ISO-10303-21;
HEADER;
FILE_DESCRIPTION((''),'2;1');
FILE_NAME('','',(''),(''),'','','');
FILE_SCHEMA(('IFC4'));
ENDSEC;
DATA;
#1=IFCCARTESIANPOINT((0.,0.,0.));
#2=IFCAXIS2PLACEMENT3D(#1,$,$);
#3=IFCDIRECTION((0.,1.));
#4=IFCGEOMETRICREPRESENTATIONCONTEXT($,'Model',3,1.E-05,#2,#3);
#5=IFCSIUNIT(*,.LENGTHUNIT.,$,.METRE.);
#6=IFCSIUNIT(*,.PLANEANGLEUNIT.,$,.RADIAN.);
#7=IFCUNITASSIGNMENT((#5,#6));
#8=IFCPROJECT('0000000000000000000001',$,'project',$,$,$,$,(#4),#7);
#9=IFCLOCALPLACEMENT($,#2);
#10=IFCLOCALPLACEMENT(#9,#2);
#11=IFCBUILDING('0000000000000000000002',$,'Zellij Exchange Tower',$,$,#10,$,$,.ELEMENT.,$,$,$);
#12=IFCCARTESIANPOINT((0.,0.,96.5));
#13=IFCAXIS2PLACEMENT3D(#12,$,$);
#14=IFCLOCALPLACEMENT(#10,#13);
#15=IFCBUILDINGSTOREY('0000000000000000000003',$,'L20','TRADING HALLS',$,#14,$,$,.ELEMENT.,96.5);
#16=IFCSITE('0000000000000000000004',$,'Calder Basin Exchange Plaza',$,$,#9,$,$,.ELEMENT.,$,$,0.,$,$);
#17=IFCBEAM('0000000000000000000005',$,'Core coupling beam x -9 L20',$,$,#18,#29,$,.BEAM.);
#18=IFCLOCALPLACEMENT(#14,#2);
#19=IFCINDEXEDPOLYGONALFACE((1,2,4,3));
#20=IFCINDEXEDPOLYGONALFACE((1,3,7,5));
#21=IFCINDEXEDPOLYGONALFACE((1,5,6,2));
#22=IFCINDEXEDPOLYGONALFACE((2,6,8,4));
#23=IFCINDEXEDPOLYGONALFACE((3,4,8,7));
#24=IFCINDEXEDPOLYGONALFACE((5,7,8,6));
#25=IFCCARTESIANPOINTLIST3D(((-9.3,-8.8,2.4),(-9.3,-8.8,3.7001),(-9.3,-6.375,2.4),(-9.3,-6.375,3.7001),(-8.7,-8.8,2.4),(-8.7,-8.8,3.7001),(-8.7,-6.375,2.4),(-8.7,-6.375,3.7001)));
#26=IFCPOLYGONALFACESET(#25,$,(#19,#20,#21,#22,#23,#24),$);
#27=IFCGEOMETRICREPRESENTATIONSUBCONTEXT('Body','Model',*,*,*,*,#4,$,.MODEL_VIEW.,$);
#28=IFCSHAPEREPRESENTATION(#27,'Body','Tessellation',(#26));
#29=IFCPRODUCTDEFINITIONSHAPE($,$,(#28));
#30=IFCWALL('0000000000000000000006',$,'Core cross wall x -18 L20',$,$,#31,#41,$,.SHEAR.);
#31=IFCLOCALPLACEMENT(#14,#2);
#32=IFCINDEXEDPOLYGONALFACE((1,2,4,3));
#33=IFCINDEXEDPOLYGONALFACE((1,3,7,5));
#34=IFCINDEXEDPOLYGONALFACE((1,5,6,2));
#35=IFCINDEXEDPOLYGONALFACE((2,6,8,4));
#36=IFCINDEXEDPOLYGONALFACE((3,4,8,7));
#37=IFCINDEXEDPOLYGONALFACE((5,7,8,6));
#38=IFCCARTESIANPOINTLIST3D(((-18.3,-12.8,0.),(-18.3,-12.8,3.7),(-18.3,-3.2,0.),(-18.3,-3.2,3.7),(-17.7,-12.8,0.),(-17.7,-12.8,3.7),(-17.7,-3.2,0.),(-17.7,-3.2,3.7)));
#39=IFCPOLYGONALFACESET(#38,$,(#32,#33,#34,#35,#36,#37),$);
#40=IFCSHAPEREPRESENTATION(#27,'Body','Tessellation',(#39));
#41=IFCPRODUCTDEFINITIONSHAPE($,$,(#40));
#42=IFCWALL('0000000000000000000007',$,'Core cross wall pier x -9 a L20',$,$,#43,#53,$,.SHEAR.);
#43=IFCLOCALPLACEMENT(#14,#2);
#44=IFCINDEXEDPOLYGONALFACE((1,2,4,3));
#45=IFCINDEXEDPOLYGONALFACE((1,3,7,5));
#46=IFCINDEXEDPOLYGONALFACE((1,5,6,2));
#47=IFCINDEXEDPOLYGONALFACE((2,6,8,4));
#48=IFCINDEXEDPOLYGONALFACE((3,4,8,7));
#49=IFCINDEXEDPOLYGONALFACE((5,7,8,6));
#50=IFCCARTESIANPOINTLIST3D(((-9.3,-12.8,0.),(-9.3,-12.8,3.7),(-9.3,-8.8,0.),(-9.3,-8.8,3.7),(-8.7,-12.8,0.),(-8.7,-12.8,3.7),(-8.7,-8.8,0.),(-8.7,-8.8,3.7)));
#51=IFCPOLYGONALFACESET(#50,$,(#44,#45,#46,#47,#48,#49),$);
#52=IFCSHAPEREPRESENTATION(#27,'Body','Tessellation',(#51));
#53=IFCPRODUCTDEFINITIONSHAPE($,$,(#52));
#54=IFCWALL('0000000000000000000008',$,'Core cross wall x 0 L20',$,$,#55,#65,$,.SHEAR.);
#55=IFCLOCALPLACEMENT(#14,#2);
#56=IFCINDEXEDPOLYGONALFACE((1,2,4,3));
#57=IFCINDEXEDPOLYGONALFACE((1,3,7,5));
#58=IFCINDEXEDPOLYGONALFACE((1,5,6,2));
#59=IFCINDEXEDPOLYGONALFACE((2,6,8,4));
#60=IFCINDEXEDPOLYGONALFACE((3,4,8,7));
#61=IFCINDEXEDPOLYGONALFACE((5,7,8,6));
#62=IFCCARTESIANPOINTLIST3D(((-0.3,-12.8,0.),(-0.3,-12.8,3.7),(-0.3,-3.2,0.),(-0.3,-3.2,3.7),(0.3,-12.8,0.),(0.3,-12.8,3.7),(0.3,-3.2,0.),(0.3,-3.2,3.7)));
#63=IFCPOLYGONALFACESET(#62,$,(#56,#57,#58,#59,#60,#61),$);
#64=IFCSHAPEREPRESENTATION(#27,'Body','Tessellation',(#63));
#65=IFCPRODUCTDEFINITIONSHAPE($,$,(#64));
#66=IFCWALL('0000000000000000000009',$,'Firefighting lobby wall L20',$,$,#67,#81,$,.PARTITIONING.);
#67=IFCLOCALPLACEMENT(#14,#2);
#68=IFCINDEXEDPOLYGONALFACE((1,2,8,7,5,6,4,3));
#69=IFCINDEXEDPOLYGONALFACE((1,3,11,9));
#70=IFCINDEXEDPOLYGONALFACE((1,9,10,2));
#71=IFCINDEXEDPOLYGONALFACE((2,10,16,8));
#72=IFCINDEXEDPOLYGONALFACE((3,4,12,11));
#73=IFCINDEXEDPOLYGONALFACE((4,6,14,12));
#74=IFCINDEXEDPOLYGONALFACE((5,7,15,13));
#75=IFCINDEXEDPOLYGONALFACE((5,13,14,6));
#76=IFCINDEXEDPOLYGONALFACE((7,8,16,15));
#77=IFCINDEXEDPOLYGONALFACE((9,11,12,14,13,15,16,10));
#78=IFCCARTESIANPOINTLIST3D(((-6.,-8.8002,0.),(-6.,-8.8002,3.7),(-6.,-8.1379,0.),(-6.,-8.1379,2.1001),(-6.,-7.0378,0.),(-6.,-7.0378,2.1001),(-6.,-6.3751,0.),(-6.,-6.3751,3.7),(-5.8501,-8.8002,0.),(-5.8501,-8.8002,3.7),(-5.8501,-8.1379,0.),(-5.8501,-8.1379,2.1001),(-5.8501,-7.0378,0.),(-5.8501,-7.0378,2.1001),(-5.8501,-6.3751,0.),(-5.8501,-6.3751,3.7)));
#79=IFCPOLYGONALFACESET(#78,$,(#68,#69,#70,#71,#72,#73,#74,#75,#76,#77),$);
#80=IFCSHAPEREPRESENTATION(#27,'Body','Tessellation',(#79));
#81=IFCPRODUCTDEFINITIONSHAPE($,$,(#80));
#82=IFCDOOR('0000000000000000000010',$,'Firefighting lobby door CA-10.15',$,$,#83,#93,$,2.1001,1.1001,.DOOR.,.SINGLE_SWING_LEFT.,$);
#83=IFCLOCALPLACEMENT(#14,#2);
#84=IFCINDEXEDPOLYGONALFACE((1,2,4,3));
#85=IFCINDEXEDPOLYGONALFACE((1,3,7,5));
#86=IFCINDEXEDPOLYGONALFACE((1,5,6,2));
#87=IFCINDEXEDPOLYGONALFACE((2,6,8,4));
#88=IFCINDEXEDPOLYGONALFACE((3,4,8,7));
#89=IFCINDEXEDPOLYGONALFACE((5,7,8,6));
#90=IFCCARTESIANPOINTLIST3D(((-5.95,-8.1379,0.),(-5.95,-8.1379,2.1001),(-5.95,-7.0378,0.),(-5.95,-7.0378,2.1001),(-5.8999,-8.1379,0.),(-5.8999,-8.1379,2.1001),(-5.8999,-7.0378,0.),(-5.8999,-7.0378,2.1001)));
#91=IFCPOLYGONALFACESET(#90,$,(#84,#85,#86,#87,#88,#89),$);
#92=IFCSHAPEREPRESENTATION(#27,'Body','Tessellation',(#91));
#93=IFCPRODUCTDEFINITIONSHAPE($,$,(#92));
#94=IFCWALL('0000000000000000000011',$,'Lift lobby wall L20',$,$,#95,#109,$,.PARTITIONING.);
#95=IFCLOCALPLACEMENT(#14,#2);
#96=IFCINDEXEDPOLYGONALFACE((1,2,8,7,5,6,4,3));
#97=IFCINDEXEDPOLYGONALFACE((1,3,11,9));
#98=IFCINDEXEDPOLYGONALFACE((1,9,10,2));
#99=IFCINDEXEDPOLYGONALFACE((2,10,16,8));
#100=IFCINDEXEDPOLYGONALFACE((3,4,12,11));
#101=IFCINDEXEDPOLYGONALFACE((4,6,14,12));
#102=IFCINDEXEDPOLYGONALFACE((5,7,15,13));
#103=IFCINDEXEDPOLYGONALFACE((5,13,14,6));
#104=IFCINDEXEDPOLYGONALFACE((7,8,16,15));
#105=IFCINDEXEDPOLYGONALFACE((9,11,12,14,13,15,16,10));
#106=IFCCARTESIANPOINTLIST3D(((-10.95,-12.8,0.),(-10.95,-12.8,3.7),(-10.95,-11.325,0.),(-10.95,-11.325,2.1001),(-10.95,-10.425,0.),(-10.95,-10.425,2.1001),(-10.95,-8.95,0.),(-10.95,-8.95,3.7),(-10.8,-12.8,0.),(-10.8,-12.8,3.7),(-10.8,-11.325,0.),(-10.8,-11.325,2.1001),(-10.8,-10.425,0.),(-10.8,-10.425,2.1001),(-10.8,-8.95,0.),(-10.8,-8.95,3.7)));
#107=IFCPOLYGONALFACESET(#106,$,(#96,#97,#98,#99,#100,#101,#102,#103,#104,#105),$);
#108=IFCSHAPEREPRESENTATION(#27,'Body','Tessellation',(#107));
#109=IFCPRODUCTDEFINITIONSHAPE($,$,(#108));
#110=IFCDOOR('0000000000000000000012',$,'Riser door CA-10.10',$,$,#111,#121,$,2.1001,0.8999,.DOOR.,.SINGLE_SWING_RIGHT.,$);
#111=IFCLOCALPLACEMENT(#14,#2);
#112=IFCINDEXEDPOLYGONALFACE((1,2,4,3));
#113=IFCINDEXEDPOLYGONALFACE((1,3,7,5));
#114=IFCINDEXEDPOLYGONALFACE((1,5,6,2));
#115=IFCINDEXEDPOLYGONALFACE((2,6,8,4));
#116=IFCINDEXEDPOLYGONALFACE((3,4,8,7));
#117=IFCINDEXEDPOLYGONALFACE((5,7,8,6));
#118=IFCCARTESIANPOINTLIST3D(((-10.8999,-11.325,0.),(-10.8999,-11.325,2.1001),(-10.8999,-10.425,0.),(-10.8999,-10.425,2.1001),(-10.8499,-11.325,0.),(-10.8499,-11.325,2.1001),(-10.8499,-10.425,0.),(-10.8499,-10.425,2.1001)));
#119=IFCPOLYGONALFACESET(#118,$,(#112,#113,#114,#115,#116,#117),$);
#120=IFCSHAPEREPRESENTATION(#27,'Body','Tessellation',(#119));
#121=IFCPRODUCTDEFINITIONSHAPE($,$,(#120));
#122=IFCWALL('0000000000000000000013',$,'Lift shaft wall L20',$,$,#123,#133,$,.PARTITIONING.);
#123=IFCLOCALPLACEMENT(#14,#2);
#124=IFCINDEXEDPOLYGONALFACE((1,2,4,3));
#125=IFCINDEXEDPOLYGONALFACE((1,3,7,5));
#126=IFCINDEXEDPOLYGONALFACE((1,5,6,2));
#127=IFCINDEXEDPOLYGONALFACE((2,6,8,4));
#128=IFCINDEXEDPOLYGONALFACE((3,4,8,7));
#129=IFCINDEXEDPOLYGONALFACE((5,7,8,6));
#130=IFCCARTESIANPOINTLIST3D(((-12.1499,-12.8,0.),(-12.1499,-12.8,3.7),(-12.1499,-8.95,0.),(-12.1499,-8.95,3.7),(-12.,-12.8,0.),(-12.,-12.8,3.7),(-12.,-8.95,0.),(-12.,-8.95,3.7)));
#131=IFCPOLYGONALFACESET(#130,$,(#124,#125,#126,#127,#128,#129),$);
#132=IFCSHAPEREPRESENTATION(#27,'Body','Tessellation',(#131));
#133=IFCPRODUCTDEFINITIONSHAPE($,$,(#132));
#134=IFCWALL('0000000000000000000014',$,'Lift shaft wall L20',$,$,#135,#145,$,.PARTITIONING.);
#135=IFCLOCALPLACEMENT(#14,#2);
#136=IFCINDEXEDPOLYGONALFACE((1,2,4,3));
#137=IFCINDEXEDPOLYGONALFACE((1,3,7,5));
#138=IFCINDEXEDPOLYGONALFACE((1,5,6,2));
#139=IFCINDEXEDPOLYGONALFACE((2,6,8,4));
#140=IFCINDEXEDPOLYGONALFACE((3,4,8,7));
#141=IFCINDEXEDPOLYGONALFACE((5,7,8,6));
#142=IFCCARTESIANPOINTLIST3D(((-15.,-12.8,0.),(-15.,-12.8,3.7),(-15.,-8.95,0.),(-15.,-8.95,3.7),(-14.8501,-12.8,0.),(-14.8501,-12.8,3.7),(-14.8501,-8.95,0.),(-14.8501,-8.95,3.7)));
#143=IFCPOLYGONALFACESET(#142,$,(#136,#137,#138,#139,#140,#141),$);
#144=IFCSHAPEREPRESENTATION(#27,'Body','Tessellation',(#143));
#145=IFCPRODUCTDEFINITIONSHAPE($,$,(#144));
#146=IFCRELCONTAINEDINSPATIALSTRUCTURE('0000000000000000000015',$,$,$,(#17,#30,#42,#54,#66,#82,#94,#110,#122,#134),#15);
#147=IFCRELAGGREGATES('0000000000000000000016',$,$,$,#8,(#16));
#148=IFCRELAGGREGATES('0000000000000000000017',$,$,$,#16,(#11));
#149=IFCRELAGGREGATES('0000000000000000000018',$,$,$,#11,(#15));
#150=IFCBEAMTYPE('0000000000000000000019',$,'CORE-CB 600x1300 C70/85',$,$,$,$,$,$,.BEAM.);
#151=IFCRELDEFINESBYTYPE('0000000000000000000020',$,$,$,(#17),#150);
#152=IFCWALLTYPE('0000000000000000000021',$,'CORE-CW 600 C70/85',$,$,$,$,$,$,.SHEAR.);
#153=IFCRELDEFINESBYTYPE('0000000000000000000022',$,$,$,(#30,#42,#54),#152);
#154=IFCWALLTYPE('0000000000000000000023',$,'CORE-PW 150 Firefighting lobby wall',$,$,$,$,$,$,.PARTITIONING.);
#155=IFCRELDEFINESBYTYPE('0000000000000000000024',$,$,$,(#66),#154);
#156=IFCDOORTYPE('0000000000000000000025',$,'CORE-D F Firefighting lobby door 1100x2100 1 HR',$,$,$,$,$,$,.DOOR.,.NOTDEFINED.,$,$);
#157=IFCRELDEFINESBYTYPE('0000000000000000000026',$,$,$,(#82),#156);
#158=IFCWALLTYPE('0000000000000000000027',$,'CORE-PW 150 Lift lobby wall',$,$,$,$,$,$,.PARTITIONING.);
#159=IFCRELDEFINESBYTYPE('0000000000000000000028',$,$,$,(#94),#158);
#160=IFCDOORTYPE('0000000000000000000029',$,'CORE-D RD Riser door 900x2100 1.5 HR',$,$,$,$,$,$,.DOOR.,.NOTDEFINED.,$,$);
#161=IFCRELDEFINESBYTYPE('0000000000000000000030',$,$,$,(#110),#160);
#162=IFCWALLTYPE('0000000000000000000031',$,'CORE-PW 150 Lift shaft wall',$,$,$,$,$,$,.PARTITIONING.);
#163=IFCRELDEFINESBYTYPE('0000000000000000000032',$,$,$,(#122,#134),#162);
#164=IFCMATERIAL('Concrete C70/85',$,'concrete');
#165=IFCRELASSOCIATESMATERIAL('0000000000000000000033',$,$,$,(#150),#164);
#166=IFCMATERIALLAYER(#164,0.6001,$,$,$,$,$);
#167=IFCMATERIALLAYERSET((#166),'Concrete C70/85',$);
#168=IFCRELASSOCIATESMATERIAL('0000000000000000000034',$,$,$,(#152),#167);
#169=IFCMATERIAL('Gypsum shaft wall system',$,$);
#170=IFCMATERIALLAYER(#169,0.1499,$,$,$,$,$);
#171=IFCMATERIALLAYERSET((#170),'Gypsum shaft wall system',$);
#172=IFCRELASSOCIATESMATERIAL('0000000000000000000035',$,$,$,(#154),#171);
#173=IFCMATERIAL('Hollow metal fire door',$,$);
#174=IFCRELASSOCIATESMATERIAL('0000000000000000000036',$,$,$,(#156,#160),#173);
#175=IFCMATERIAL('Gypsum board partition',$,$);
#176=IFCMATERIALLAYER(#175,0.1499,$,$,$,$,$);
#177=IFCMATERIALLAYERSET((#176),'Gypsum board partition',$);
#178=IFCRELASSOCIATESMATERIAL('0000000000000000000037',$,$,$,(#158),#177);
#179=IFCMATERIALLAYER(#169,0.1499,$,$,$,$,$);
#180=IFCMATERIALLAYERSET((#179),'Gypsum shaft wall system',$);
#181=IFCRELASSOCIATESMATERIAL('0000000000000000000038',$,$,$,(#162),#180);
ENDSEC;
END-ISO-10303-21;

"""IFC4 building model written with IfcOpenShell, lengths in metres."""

from ifc_helpers import new_model, si_unit, direction, frame, frame_2d, origin, origin_2d, place, context, subcontext, project, spatial, rectangle, extrude, material, layer, layer_set, material_profile, profile_set, type_object, element, fill, save


model = new_model("IFC4")

# Units and contexts
model_context = context("Model", 3, precision=1e-05, world=origin(), true_north=direction((0.0, 1.0)))
body_context = subcontext(model_context, "Body", "Model", "MODEL_VIEW")
ifc_project = project(units=[si_unit("LENGTHUNIT", "METRE"), si_unit("PLANEANGLEUNIT", "RADIAN")], contexts=[model_context])

# Site, building, storey
site_placement = place(None, origin())
site = spatial("IfcSite", under=ifc_project, at=site_placement, Name="Calder Basin Exchange Plaza", CompositionType="ELEMENT", RefElevation=0.0)
building_placement = place(site_placement, origin())
building = spatial("IfcBuilding", under=site, at=building_placement, Name="Zellij Exchange Tower", CompositionType="ELEMENT")
storey_placement = place(building_placement, frame((0.0, 0.0, 96.5)))
storey = spatial("IfcBuildingStorey", under=building, at=storey_placement, Name="L20", Description="TRADING HALLS", CompositionType="ELEMENT", Elevation=96.5)

# Beam
ifc_material_1 = material(Name="Concrete C70/85", Category="concrete")
ifc_material_profile = material_profile(ifc_material_1, rectangle(XDim=0.6001, YDim=1.3, at=origin_2d()), Name="CORE-CB 600x1300 C70/85")
ifc_profile_set = profile_set([ifc_material_profile], Name="Concrete C70/85")
beam_type = type_object("IfcBeamType", Name="CORE-CB 600x1300 C70/85", PredefinedType="BEAM", material=ifc_profile_set)
beam_placement = place(storey_placement, frame((-9.0, -8.8, 3.05), z_axis=(0.0, 1.0, 0.0), x_axis=(-1.0, 0.0, 0.0)))
element("IfcBeam", 1, at=beam_placement, inside=storey, type_object=beam_type, Name="Core coupling beam x -9 L20", PredefinedType="BEAM", context=body_context, shape_type="SweptSolid", body=[
    extrude(rectangle(XDim=0.6001, YDim=1.3, at=origin_2d()), origin(), (0.0, 0.0, 1.0), 2.425),
])

# Walls
ifc_layer_1 = layer(ifc_material_1, 0.6001)
ifc_layer_set_1 = layer_set([ifc_layer_1], Name="Concrete C70/85")
wall_type_1 = type_object("IfcWallType", Name="CORE-CW 600 C70/85", PredefinedType="SHEAR", material=ifc_layer_set_1)
wall_1_placement = place(storey_placement, frame((-18.0, -12.8, 0.0), z_axis=(0.0, 0.0, 1.0), x_axis=(0.0, 1.0, 0.0)))
element("IfcWall", 2, at=wall_1_placement, inside=storey, type_object=wall_type_1, Name="Core cross wall x -18 L20", PredefinedType="SHEAR", context=body_context, shape_type="SweptSolid", body=[
    extrude(rectangle(XDim=9.6001, YDim=0.6001, at=frame_2d((4.8, 0.0))), origin(), (0.0, 0.0, 1.0), 3.7),
])
wall_2_placement = place(storey_placement, frame((-9.0, -12.8, 0.0), z_axis=(0.0, 0.0, 1.0), x_axis=(0.0, 1.0, 0.0)))
element("IfcWall", 3, at=wall_2_placement, inside=storey, type_object=wall_type_1, Name="Core cross wall pier x -9 a L20", PredefinedType="SHEAR", context=body_context, shape_type="SweptSolid", body=[
    extrude(rectangle(XDim=4.0, YDim=0.6001, at=frame_2d((2.0, 0.0))), origin(), (0.0, 0.0, 1.0), 3.7),
])
wall_3_placement = place(storey_placement, frame((0.0, -12.8, 0.0), z_axis=(0.0, 0.0, 1.0), x_axis=(0.0, 1.0, 0.0)))
element("IfcWall", 4, at=wall_3_placement, inside=storey, type_object=wall_type_1, Name="Core cross wall x 0 L20", PredefinedType="SHEAR", context=body_context, shape_type="SweptSolid", body=[
    extrude(rectangle(XDim=9.6001, YDim=0.6001, at=frame_2d((4.8, 0.0))), origin(), (0.0, 0.0, 1.0), 3.7),
])

# Walls, openings, doors
ifc_material_2 = material(Name="Gypsum shaft wall system")
ifc_layer_2 = layer(ifc_material_2, 0.1499)
ifc_layer_set_2 = layer_set([ifc_layer_2], Name="Gypsum shaft wall system")
wall_type_2 = type_object("IfcWallType", Name="CORE-PW 150 Firefighting lobby wall", PredefinedType="PARTITIONING", material=ifc_layer_set_2)
wall_4_placement = place(storey_placement, frame((-5.925, -8.8, 0.0), z_axis=(0.0, 0.0, 1.0), x_axis=(0.0, 1.0, 0.0)))
wall_4 = element("IfcWall", 5, at=wall_4_placement, inside=storey, type_object=wall_type_2, Name="Firefighting lobby wall L20", PredefinedType="PARTITIONING", context=body_context, shape_type="SweptSolid", body=[
    extrude(rectangle(XDim=2.425, YDim=0.1499, at=frame_2d((1.2124, 0.0))), origin(), (0.0, 0.0, 1.0), 3.7),
])
opening_1_placement = place(wall_4_placement, frame((0.6621, 0.0, 0.0)))
opening_1 = element("IfcOpeningElement", 6, at=opening_1_placement, cuts=wall_4, PredefinedType="OPENING", context=body_context, shape_type="SweptSolid", body=[
    extrude(rectangle(XDim=1.1001, YDim=2.1001, at=frame_2d((0.55, 1.05))), frame((0.0, 0.0869, 0.0), z_axis=(0.0, -1.0, 0.0), x_axis=(1.0, 0.0, 0.0)), (0.0, 0.0, 1.0), 0.1738),
])
ifc_material_3 = material(Name="Hollow metal fire door")
door_type_1 = type_object("IfcDoorType", Name="CORE-D F Firefighting lobby door 1100x2100 1 HR", OperationType="NOTDEFINED", PredefinedType="DOOR", material=ifc_material_3)
door_1_placement = place(opening_1_placement, origin())
door_1 = element("IfcDoor", 7, at=door_1_placement, inside=storey, type_object=door_type_1, Name="Firefighting lobby door CA-10.15", OperationType="SINGLE_SWING_LEFT", OverallHeight=2.1001, OverallWidth=1.1001, PredefinedType="DOOR", context=body_context, shape_type="SweptSolid", body=[
    extrude(rectangle(XDim=1.1001, YDim=2.1001, at=frame_2d((0.55, 1.05))), frame((0.0, 0.0249, 0.0), z_axis=(0.0, -1.0, 0.0), x_axis=(1.0, 0.0, 0.0)), (0.0, 0.0, 1.0), 0.05),
])
fill(opening_1, door_1)
ifc_material_4 = material(Name="Gypsum board partition")
ifc_layer_3 = layer(ifc_material_4, 0.1499)
ifc_layer_set_3 = layer_set([ifc_layer_3], Name="Gypsum board partition")
wall_type_3 = type_object("IfcWallType", Name="CORE-PW 150 Lift lobby wall", PredefinedType="PARTITIONING", material=ifc_layer_set_3)
wall_5_placement = place(storey_placement, frame((-10.875, -12.8, 0.0), z_axis=(0.0, 0.0, 1.0), x_axis=(0.0, 1.0, 0.0)))
wall_5 = element("IfcWall", 8, at=wall_5_placement, inside=storey, type_object=wall_type_3, Name="Lift lobby wall L20", PredefinedType="PARTITIONING", context=body_context, shape_type="SweptSolid", body=[
    extrude(rectangle(XDim=3.8501, YDim=0.1499, at=frame_2d((1.925, 0.0))), origin(), (0.0, 0.0, 1.0), 3.7),
])
opening_2_placement = place(wall_5_placement, frame((1.4751, 0.0, 0.0)))
opening_2 = element("IfcOpeningElement", 9, at=opening_2_placement, cuts=wall_5, PredefinedType="OPENING", context=body_context, shape_type="SweptSolid", body=[
    extrude(rectangle(XDim=0.8999, YDim=2.1001, at=frame_2d((0.45, 1.05))), frame((0.0, 0.0869, 0.0), z_axis=(0.0, -1.0, 0.0), x_axis=(1.0, 0.0, 0.0)), (0.0, 0.0, 1.0), 0.1738),
])
door_type_2 = type_object("IfcDoorType", Name="CORE-D RD Riser door 900x2100 1.5 HR", OperationType="NOTDEFINED", PredefinedType="DOOR", material=ifc_material_3)
door_2_placement = place(opening_2_placement, origin())
door_2 = element("IfcDoor", 10, at=door_2_placement, inside=storey, type_object=door_type_2, Name="Riser door CA-10.10", OperationType="SINGLE_SWING_RIGHT", OverallHeight=2.1001, OverallWidth=0.8999, PredefinedType="DOOR", context=body_context, shape_type="SweptSolid", body=[
    extrude(rectangle(XDim=0.8999, YDim=2.1001, at=frame_2d((0.45, 1.05))), frame((0.0, 0.0249, 0.0), z_axis=(0.0, -1.0, 0.0), x_axis=(1.0, 0.0, 0.0)), (0.0, 0.0, 1.0), 0.05),
])
fill(opening_2, door_2)

# Walls
ifc_layer_4 = layer(ifc_material_2, 0.1499)
ifc_layer_set_4 = layer_set([ifc_layer_4], Name="Gypsum shaft wall system")
wall_type_4 = type_object("IfcWallType", Name="CORE-PW 150 Lift shaft wall", PredefinedType="PARTITIONING", material=ifc_layer_set_4)
for number, where, z_axis, x_axis, name in (
    (11, (-12.075, -12.8, 0.0), (0.0, 0.0, 1.0), (0.0, 1.0, 0.0), "Lift shaft wall L20"),
    (12, (-14.925, -12.8, 0.0), (0.0, 0.0, 1.0), (0.0, 1.0, 0.0), "Lift shaft wall L20"),
):
    element("IfcWall", number, at=place(storey_placement, frame(where, z_axis=z_axis, x_axis=x_axis)), inside=storey, type_object=wall_type_4, Name=name, PredefinedType="PARTITIONING", context=body_context, shape_type="SweptSolid", body=[
        extrude(rectangle(XDim=3.8501, YDim=0.1499, at=frame_2d((1.925, 0.0))), origin(), (0.0, 0.0, 1.0), 3.7),
    ])

save(model, "model.ifc")
